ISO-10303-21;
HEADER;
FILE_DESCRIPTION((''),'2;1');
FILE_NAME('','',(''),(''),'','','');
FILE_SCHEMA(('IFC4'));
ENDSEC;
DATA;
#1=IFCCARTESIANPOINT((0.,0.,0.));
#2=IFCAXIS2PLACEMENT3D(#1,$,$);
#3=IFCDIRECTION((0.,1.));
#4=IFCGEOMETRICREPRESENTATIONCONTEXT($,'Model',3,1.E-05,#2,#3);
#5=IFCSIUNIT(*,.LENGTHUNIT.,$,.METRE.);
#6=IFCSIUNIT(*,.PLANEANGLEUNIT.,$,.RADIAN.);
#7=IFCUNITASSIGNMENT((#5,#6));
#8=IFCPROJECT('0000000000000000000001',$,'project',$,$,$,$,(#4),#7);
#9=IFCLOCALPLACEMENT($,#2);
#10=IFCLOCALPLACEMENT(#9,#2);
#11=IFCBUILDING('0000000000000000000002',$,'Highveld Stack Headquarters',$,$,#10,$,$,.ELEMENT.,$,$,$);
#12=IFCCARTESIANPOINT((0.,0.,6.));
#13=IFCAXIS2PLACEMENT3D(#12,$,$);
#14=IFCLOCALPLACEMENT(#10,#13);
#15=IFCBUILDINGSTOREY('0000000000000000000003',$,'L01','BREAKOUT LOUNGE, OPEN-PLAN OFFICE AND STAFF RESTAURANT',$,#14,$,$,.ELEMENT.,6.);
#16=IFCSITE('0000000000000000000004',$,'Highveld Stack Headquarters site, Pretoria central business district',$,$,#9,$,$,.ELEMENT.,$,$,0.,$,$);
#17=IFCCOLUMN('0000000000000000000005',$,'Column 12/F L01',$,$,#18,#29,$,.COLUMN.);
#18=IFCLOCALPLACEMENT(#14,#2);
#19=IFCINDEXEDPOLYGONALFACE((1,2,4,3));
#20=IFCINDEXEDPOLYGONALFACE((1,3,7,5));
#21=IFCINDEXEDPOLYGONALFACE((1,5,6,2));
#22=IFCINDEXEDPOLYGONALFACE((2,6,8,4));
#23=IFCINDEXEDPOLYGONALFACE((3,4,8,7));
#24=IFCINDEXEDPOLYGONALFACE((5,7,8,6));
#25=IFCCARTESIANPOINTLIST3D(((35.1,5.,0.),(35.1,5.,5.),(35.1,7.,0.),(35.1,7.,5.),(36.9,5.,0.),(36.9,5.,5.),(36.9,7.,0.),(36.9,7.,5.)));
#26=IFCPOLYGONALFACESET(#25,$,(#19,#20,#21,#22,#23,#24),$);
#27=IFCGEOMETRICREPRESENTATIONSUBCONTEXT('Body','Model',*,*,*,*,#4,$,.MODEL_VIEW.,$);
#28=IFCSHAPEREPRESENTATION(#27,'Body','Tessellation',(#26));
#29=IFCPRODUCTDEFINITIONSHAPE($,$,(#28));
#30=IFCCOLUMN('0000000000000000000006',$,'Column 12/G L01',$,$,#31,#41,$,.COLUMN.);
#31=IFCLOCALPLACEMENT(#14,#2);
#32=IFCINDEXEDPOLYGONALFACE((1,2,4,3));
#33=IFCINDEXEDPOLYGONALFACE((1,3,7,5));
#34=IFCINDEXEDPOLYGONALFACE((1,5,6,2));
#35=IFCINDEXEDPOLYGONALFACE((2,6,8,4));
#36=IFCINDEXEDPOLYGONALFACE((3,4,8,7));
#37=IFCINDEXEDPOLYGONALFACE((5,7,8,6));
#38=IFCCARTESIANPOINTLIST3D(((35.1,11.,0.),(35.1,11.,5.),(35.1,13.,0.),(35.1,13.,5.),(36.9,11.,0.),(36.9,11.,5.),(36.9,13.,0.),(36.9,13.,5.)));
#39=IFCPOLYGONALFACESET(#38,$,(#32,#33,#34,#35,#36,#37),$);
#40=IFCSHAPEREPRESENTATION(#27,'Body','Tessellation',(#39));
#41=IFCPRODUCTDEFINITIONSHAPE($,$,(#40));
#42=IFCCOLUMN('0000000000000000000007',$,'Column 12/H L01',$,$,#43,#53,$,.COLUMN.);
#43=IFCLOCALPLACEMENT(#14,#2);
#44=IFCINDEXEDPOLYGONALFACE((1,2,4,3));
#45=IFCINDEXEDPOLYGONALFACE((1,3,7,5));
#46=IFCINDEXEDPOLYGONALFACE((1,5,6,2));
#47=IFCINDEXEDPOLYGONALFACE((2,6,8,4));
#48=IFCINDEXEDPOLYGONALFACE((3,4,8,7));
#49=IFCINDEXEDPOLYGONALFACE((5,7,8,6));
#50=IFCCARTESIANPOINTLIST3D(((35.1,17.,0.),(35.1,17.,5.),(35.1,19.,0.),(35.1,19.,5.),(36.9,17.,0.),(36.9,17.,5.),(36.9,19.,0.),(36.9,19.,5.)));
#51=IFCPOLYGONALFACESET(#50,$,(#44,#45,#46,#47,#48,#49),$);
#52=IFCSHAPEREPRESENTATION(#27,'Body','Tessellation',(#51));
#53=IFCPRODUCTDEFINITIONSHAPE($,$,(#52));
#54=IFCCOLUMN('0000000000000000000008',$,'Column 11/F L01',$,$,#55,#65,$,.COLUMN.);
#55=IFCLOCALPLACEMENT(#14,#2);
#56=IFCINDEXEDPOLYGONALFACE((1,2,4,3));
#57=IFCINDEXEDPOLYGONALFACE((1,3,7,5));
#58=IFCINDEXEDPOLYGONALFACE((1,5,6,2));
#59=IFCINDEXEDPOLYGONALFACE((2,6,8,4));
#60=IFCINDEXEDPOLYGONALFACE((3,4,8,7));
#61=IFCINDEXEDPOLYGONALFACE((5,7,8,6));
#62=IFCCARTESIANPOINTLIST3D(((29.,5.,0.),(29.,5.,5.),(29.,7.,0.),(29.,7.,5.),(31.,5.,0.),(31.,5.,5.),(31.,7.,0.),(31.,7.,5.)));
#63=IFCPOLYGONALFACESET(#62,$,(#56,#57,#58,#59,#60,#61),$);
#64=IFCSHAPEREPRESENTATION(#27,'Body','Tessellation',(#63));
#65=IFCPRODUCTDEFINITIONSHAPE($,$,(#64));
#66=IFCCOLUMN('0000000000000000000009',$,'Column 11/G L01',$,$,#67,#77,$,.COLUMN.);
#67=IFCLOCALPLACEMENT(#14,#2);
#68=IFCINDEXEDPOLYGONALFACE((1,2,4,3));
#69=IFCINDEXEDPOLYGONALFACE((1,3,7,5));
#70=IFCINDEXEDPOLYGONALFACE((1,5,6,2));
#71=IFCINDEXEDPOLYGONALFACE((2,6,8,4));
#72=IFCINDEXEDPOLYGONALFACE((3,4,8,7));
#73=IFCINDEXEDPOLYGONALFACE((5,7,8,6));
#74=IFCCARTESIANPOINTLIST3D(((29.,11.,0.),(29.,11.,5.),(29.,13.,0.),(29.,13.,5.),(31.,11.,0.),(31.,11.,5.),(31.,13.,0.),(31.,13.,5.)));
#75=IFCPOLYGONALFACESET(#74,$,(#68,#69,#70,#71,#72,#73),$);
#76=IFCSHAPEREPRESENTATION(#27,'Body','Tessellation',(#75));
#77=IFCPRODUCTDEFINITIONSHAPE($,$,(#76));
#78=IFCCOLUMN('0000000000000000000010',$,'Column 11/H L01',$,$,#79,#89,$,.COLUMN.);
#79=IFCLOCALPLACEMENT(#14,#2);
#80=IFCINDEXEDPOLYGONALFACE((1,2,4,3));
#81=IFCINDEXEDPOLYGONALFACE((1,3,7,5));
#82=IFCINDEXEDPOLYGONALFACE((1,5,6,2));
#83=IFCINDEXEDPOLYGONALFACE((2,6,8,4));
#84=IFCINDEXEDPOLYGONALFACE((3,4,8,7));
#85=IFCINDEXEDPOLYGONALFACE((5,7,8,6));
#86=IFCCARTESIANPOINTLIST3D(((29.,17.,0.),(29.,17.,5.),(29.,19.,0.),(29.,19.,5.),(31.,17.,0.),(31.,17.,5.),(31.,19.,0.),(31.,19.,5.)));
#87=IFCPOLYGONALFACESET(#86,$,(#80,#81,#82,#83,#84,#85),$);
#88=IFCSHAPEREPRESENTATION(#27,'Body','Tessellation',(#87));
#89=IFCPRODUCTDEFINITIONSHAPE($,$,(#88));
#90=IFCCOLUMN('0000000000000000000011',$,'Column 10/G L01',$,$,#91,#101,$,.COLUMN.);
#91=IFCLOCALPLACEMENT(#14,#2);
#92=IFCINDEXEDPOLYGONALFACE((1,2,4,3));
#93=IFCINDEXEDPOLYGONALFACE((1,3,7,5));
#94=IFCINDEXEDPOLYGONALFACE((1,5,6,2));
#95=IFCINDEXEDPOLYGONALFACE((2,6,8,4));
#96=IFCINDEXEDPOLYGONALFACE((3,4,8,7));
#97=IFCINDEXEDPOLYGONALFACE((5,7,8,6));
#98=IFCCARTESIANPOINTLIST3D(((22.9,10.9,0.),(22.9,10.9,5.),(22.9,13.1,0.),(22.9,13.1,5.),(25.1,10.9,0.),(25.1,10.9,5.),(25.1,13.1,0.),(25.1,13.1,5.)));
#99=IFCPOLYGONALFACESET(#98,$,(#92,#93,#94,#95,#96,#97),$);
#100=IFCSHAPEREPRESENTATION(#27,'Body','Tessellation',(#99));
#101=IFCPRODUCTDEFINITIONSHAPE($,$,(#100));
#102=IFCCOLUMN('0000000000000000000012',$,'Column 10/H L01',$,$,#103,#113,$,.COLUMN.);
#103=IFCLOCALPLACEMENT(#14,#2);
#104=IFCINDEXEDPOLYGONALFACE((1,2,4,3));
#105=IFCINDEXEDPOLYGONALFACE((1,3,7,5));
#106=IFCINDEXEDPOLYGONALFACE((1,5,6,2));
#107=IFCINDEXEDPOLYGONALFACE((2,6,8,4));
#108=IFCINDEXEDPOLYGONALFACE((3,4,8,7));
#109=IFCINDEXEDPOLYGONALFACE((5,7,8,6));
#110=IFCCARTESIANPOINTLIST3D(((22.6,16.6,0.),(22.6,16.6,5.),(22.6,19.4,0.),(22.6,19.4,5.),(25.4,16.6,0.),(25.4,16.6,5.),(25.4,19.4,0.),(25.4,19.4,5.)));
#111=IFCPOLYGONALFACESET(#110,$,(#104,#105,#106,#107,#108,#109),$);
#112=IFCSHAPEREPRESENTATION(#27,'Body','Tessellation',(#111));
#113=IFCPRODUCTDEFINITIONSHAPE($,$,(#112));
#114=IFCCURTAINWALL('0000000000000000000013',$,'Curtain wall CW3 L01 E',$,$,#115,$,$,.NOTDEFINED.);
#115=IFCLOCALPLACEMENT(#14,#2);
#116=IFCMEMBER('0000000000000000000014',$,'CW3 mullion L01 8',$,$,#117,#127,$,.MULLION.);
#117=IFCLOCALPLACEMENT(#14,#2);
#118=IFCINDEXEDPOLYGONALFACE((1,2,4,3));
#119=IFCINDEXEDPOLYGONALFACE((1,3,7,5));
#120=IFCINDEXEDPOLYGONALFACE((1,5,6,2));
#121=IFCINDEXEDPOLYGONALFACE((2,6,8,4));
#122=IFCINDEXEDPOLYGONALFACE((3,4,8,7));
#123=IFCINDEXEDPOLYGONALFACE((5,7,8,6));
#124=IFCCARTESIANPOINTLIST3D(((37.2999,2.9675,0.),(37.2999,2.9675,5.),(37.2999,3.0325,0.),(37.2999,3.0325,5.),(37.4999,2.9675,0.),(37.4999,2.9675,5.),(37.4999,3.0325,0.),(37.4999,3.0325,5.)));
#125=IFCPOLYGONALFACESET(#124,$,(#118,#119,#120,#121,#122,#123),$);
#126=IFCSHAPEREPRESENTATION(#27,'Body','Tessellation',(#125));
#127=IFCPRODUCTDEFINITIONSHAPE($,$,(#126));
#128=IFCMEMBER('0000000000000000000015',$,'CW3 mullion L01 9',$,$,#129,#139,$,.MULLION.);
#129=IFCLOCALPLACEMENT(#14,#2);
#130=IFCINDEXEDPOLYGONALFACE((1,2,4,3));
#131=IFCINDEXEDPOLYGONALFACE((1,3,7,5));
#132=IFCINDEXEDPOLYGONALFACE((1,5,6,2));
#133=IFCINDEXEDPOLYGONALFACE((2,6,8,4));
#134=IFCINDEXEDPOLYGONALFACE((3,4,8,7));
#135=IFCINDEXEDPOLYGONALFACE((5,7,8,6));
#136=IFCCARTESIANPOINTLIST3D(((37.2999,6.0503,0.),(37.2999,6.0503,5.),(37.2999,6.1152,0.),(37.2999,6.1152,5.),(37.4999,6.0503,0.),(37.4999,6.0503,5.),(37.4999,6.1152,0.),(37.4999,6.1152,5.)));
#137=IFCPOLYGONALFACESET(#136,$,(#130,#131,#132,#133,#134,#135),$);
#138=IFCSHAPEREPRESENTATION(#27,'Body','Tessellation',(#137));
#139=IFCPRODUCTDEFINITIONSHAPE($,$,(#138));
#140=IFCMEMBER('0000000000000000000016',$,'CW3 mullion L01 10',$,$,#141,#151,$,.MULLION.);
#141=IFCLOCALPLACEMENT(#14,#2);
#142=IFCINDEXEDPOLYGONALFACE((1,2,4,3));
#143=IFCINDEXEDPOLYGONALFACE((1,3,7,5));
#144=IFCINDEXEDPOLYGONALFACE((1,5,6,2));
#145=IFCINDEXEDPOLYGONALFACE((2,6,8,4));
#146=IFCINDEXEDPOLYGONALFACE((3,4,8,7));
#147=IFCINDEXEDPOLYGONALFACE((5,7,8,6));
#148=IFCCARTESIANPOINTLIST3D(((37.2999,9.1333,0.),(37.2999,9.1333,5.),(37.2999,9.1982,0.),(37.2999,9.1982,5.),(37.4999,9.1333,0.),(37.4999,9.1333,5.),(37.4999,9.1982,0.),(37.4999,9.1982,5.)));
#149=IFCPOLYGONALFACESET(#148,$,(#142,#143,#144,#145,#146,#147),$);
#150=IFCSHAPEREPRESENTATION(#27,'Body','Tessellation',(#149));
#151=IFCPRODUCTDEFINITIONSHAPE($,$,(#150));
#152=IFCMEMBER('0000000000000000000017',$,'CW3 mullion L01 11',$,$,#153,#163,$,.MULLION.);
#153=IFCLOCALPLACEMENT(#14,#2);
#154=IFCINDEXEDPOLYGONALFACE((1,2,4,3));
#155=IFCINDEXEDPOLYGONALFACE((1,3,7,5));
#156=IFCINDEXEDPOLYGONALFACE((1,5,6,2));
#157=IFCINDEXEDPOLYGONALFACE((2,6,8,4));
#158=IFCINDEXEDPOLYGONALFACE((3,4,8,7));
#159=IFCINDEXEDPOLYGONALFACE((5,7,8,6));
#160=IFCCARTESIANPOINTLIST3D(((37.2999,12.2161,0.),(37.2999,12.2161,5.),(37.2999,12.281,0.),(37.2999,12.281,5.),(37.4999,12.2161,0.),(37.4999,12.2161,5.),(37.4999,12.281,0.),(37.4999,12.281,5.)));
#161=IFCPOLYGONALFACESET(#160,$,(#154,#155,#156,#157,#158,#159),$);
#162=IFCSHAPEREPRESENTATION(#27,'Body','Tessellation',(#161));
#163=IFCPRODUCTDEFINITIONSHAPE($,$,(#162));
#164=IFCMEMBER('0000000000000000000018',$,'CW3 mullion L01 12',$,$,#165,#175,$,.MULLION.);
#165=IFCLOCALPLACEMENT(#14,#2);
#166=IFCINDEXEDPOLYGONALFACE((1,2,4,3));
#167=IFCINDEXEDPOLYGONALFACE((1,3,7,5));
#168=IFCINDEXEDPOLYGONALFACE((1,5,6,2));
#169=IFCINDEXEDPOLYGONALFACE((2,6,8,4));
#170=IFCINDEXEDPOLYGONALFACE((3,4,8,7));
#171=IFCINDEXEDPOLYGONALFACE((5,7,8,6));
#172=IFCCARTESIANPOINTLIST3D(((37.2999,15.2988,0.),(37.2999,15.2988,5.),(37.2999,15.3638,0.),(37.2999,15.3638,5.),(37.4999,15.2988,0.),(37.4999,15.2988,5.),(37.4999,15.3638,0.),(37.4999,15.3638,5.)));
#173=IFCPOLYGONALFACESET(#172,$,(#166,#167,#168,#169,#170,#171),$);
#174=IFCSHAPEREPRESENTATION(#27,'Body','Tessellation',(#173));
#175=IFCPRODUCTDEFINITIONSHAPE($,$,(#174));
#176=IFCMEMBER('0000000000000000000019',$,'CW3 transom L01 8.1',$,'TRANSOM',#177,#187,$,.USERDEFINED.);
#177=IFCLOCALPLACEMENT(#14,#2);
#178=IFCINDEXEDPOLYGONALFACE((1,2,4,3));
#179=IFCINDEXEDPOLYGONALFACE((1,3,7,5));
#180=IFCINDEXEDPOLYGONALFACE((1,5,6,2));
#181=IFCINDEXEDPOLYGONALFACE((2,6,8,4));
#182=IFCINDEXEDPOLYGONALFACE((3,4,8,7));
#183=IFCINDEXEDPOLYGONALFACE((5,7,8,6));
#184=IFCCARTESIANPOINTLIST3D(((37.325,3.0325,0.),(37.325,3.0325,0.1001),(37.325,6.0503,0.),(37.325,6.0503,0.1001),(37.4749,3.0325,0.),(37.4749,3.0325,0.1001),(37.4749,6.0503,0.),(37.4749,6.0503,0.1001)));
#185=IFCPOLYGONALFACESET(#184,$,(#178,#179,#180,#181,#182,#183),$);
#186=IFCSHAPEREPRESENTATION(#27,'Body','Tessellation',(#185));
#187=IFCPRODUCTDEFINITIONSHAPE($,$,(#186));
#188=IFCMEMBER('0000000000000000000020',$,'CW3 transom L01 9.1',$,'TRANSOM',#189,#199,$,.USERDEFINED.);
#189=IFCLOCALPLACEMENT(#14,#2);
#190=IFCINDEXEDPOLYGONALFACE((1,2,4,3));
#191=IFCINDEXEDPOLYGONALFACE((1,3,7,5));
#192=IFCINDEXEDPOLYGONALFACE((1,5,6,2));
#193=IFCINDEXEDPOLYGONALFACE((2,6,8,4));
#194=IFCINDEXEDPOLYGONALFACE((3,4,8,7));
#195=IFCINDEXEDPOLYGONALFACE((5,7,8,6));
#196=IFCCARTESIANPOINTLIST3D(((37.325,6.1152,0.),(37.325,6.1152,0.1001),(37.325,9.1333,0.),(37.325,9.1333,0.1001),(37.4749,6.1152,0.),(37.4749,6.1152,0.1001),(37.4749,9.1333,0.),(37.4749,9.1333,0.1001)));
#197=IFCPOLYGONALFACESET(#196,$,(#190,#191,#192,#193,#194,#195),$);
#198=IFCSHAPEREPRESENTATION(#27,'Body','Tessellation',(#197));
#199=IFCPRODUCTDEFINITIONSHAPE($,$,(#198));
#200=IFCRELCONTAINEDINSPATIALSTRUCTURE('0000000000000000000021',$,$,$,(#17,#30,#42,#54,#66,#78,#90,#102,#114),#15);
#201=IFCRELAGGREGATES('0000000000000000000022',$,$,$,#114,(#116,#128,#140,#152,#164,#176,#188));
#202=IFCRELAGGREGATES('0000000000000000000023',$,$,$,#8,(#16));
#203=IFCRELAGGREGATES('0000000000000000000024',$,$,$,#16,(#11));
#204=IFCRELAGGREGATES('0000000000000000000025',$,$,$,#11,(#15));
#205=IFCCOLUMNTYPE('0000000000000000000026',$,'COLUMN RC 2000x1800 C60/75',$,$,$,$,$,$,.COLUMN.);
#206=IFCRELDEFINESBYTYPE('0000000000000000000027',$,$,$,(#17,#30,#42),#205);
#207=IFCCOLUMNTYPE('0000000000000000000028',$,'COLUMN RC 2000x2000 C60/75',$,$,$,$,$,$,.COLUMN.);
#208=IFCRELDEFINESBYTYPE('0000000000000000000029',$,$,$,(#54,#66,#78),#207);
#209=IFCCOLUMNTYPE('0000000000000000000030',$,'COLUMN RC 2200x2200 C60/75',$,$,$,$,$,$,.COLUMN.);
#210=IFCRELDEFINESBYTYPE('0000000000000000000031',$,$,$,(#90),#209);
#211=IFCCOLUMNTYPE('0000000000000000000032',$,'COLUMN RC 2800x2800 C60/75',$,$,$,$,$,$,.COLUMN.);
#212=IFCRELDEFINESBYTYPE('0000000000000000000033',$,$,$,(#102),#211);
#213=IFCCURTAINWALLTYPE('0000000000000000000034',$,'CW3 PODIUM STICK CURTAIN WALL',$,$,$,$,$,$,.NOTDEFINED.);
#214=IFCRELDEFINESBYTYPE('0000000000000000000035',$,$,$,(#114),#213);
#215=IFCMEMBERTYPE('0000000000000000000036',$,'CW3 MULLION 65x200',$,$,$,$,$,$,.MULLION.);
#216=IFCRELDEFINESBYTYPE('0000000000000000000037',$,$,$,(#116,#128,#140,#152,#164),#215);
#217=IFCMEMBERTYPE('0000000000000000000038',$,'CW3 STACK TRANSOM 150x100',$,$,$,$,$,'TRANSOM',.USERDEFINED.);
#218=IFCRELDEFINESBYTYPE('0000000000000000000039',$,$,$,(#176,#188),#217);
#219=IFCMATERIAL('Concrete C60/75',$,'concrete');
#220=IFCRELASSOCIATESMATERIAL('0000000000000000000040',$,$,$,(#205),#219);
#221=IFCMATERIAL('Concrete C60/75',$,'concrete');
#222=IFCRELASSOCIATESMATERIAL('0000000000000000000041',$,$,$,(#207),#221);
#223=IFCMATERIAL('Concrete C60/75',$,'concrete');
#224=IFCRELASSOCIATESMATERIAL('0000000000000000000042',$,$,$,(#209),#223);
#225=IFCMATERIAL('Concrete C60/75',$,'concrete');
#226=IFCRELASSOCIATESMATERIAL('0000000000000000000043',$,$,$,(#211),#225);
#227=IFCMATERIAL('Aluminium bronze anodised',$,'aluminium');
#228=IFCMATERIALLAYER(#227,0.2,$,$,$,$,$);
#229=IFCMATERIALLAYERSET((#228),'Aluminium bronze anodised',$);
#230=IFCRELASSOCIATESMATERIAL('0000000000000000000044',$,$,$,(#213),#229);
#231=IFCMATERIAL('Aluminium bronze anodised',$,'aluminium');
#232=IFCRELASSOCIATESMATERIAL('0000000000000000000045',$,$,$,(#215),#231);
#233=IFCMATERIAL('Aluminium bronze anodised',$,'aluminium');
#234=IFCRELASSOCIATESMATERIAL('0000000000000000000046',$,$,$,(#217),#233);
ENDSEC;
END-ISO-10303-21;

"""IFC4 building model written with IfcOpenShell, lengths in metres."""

from ifc_helpers import new_model, si_unit, direction, frame, origin, origin_2d, place, context, subcontext, project, spatial, rectangle, extrude, material, layer, layer_set, material_profile, profile_set, type_object, element, aggregate, save


model = new_model("IFC4")

# Units and contexts
model_context = context("Model", 3, precision=1e-05, world=origin(), true_north=direction((0.0, 1.0)))
body_context = subcontext(model_context, "Body", "Model", "MODEL_VIEW")
ifc_project = project(units=[si_unit("LENGTHUNIT", "METRE"), si_unit("PLANEANGLEUNIT", "RADIAN")], contexts=[model_context])

# Site, building, storey
site_placement = place(None, origin())
site = spatial("IfcSite", under=ifc_project, at=site_placement, Name="Highveld Stack Headquarters site, Pretoria central business district", CompositionType="ELEMENT", RefElevation=0.0)
building_placement = place(site_placement, origin())
building = spatial("IfcBuilding", under=site, at=building_placement, Name="Highveld Stack Headquarters", CompositionType="ELEMENT")
storey_placement = place(building_placement, frame((0.0, 0.0, 6.0)))
storey = spatial("IfcBuildingStorey", under=building, at=storey_placement, Name="L01", Description="BREAKOUT LOUNGE, OPEN-PLAN OFFICE AND STAFF RESTAURANT", CompositionType="ELEMENT", Elevation=6.0)

# Columns
ifc_material_1 = material(Name="Concrete C60/75", Category="concrete")
ifc_material_profile_1 = material_profile(ifc_material_1, rectangle(XDim=2.0, YDim=1.8, at=origin_2d()), Name="RC 2000x1800")
ifc_profile_set_1 = profile_set([ifc_material_profile_1], Name="Concrete C60/75")
column_type_1 = type_object("IfcColumnType", Name="COLUMN RC 2000x1800 C60/75", PredefinedType="COLUMN", material=ifc_profile_set_1)
for number, where, z_axis, x_axis, name in (
    (1, (36.0, 6.0, 0.0), (0.0, 0.0, 1.0), (0.0, 1.0, 0.0), "Column 12/F L01"),
    (2, (36.0, 12.0, 0.0), (0.0, 0.0, 1.0), (0.0, 1.0, 0.0), "Column 12/G L01"),
    (3, (36.0, 18.0, 0.0), (0.0, 0.0, 1.0), (0.0, 1.0, 0.0), "Column 12/H L01"),
):
    element("IfcColumn", number, at=place(storey_placement, frame(where, z_axis=z_axis, x_axis=x_axis)), inside=storey, type_object=column_type_1, Name=name, PredefinedType="COLUMN", context=body_context, shape_type="SweptSolid", body=[
        extrude(rectangle(XDim=2.0, YDim=1.8, at=origin_2d()), origin(), (0.0, 0.0, 1.0), 5.0),
    ])
ifc_material_2 = material(Name="Concrete C60/75", Category="concrete")
ifc_material_profile_2 = material_profile(ifc_material_2, rectangle(XDim=2.0, YDim=2.0, at=origin_2d()), Name="RC 2000x2000")
ifc_profile_set_2 = profile_set([ifc_material_profile_2], Name="Concrete C60/75")
column_type_2 = type_object("IfcColumnType", Name="COLUMN RC 2000x2000 C60/75", PredefinedType="COLUMN", material=ifc_profile_set_2)
for number, where, z_axis, x_axis, name in (
    (4, (30.0, 6.0, 0.0), (0.0, 0.0, 1.0), (1.0, 0.0, 0.0), "Column 11/F L01"),
    (5, (30.0, 12.0, 0.0), (0.0, 0.0, 1.0), (1.0, 0.0, 0.0), "Column 11/G L01"),
    (6, (30.0, 18.0, 0.0), (0.0, 0.0, 1.0), (1.0, 0.0, 0.0), "Column 11/H L01"),
):
    element("IfcColumn", number, at=place(storey_placement, frame(where, z_axis=z_axis, x_axis=x_axis)), inside=storey, type_object=column_type_2, Name=name, PredefinedType="COLUMN", context=body_context, shape_type="SweptSolid", body=[
        extrude(rectangle(XDim=2.0, YDim=2.0, at=origin_2d()), origin(), (0.0, 0.0, 1.0), 5.0),
    ])
ifc_material_3 = material(Name="Concrete C60/75", Category="concrete")
ifc_material_profile_3 = material_profile(ifc_material_3, rectangle(XDim=2.2, YDim=2.2, at=origin_2d()), Name="RC 2200x2200")
ifc_profile_set_3 = profile_set([ifc_material_profile_3], Name="Concrete C60/75")
column_type_3 = type_object("IfcColumnType", Name="COLUMN RC 2200x2200 C60/75", PredefinedType="COLUMN", material=ifc_profile_set_3)
column_1_placement = place(storey_placement, frame((24.0, 12.0, 0.0), z_axis=(0.0, 0.0, 1.0), x_axis=(1.0, 0.0, 0.0)))
element("IfcColumn", 7, at=column_1_placement, inside=storey, type_object=column_type_3, Name="Column 10/G L01", PredefinedType="COLUMN", context=body_context, shape_type="SweptSolid", body=[
    extrude(rectangle(XDim=2.2, YDim=2.2, at=origin_2d()), origin(), (0.0, 0.0, 1.0), 5.0),
])
ifc_material_4 = material(Name="Concrete C60/75", Category="concrete")
ifc_material_profile_4 = material_profile(ifc_material_4, rectangle(XDim=2.8, YDim=2.8, at=origin_2d()), Name="RC 2800x2800")
ifc_profile_set_4 = profile_set([ifc_material_profile_4], Name="Concrete C60/75")
column_type_4 = type_object("IfcColumnType", Name="COLUMN RC 2800x2800 C60/75", PredefinedType="COLUMN", material=ifc_profile_set_4)
column_2_placement = place(storey_placement, frame((24.0, 18.0, 0.0), z_axis=(0.0, 0.0, 1.0), x_axis=(1.0, 0.0, 0.0)))
element("IfcColumn", 8, at=column_2_placement, inside=storey, type_object=column_type_4, Name="Column 10/H L01", PredefinedType="COLUMN", context=body_context, shape_type="SweptSolid", body=[
    extrude(rectangle(XDim=2.8, YDim=2.8, at=origin_2d()), origin(), (0.0, 0.0, 1.0), 5.0),
])

# Curtain wall, members
ifc_material_5 = material(Name="Aluminium bronze anodised", Category="aluminium")
ifc_layer_1 = layer(ifc_material_5, 0.2)
ifc_layer_set_1 = layer_set([ifc_layer_1], Name="Aluminium bronze anodised")
curtain_wall_type = type_object("IfcCurtainWallType", Name="CW3 PODIUM STICK CURTAIN WALL", PredefinedType="NOTDEFINED", material=ifc_layer_set_1)
curtain_wall_placement = place(storey_placement, origin())
curtain_wall = element("IfcCurtainWall", 9, at=curtain_wall_placement, inside=storey, type_object=curtain_wall_type, Name="Curtain wall CW3 L01 E", PredefinedType="NOTDEFINED")
ifc_material_6 = material(Name="Aluminium bronze anodised", Category="aluminium")
ifc_material_profile_5 = material_profile(ifc_material_6, rectangle(XDim=0.2, YDim=0.0649, at=origin_2d()), Name="CW3 MULLION 65x200")
ifc_profile_set_5 = profile_set([ifc_material_profile_5], Name="Aluminium bronze anodised")
member_type_1 = type_object("IfcMemberType", Name="CW3 MULLION 65x200", PredefinedType="MULLION", material=ifc_profile_set_5)
member_1_placement = place(storey_placement, frame((37.3999, 3.0, 0.0), z_axis=(0.0, 0.0, 1.0), x_axis=(-1.0, 0.0, 0.0)))
member_1 = element("IfcMember", 10, at=member_1_placement, type_object=member_type_1, Name="CW3 mullion L01 8", PredefinedType="MULLION", context=body_context, shape_type="SweptSolid", body=[
    extrude(rectangle(XDim=0.2, YDim=0.0649, at=origin_2d()), origin(), (0.0, 0.0, 1.0), 5.0),
])
member_2_placement = place(storey_placement, frame((37.3999, 6.0828, 0.0), z_axis=(0.0, 0.0, 1.0), x_axis=(-1.0, 0.0, 0.0)))
member_2 = element("IfcMember", 11, at=member_2_placement, type_object=member_type_1, Name="CW3 mullion L01 9", PredefinedType="MULLION", context=body_context, shape_type="SweptSolid", body=[
    extrude(rectangle(XDim=0.2, YDim=0.0649, at=origin_2d()), origin(), (0.0, 0.0, 1.0), 5.0),
])
member_3_placement = place(storey_placement, frame((37.3999, 9.1658, 0.0), z_axis=(0.0, 0.0, 1.0), x_axis=(-1.0, 0.0, 0.0)))
member_3 = element("IfcMember", 12, at=member_3_placement, type_object=member_type_1, Name="CW3 mullion L01 10", PredefinedType="MULLION", context=body_context, shape_type="SweptSolid", body=[
    extrude(rectangle(XDim=0.2, YDim=0.0649, at=origin_2d()), origin(), (0.0, 0.0, 1.0), 5.0),
])
member_4_placement = place(storey_placement, frame((37.3999, 12.2485, 0.0), z_axis=(0.0, 0.0, 1.0), x_axis=(-1.0, 0.0, 0.0)))
member_4 = element("IfcMember", 13, at=member_4_placement, type_object=member_type_1, Name="CW3 mullion L01 11", PredefinedType="MULLION", context=body_context, shape_type="SweptSolid", body=[
    extrude(rectangle(XDim=0.2, YDim=0.0649, at=origin_2d()), origin(), (0.0, 0.0, 1.0), 5.0),
])
member_5_placement = place(storey_placement, frame((37.3999, 15.3313, 0.0), z_axis=(0.0, 0.0, 1.0), x_axis=(-1.0, 0.0, 0.0)))
member_5 = element("IfcMember", 14, at=member_5_placement, type_object=member_type_1, Name="CW3 mullion L01 12", PredefinedType="MULLION", context=body_context, shape_type="SweptSolid", body=[
    extrude(rectangle(XDim=0.2, YDim=0.0649, at=origin_2d()), origin(), (0.0, 0.0, 1.0), 5.0),
])
ifc_material_7 = material(Name="Aluminium bronze anodised", Category="aluminium")
ifc_material_profile_6 = material_profile(ifc_material_7, rectangle(XDim=0.1499, YDim=0.1001, at=origin_2d()), Name="CW3 TRANSOM 150x100")
ifc_profile_set_6 = profile_set([ifc_material_profile_6], Name="Aluminium bronze anodised")
member_type_2 = type_object("IfcMemberType", Name="CW3 STACK TRANSOM 150x100", ElementType="TRANSOM", PredefinedType="USERDEFINED", material=ifc_profile_set_6)
member_6_placement = place(storey_placement, frame((37.3999, 3.0325, 0.05), z_axis=(0.0, 1.0, 0.0), x_axis=(-1.0, 0.0, 0.0)))
member_6 = element("IfcMember", 15, at=member_6_placement, type_object=member_type_2, Name="CW3 transom L01 8.1", ObjectType="TRANSOM", PredefinedType="USERDEFINED", context=body_context, shape_type="SweptSolid", body=[
    extrude(rectangle(XDim=0.1499, YDim=0.1001, at=origin_2d()), origin(), (0.0, 0.0, 1.0), 3.0178),
])
member_7_placement = place(storey_placement, frame((37.3999, 6.1152, 0.05), z_axis=(0.0, 1.0, 0.0), x_axis=(-1.0, 0.0, 0.0)))
member_7 = element("IfcMember", 16, at=member_7_placement, type_object=member_type_2, Name="CW3 transom L01 9.1", ObjectType="TRANSOM", PredefinedType="USERDEFINED", context=body_context, shape_type="SweptSolid", body=[
    extrude(rectangle(XDim=0.1499, YDim=0.1001, at=origin_2d()), origin(), (0.0, 0.0, 1.0), 3.0181),
])
aggregate(curtain_wall, [member_1, member_2, member_3, member_4, member_5, member_6, member_7])

save(model, "model.ifc")
